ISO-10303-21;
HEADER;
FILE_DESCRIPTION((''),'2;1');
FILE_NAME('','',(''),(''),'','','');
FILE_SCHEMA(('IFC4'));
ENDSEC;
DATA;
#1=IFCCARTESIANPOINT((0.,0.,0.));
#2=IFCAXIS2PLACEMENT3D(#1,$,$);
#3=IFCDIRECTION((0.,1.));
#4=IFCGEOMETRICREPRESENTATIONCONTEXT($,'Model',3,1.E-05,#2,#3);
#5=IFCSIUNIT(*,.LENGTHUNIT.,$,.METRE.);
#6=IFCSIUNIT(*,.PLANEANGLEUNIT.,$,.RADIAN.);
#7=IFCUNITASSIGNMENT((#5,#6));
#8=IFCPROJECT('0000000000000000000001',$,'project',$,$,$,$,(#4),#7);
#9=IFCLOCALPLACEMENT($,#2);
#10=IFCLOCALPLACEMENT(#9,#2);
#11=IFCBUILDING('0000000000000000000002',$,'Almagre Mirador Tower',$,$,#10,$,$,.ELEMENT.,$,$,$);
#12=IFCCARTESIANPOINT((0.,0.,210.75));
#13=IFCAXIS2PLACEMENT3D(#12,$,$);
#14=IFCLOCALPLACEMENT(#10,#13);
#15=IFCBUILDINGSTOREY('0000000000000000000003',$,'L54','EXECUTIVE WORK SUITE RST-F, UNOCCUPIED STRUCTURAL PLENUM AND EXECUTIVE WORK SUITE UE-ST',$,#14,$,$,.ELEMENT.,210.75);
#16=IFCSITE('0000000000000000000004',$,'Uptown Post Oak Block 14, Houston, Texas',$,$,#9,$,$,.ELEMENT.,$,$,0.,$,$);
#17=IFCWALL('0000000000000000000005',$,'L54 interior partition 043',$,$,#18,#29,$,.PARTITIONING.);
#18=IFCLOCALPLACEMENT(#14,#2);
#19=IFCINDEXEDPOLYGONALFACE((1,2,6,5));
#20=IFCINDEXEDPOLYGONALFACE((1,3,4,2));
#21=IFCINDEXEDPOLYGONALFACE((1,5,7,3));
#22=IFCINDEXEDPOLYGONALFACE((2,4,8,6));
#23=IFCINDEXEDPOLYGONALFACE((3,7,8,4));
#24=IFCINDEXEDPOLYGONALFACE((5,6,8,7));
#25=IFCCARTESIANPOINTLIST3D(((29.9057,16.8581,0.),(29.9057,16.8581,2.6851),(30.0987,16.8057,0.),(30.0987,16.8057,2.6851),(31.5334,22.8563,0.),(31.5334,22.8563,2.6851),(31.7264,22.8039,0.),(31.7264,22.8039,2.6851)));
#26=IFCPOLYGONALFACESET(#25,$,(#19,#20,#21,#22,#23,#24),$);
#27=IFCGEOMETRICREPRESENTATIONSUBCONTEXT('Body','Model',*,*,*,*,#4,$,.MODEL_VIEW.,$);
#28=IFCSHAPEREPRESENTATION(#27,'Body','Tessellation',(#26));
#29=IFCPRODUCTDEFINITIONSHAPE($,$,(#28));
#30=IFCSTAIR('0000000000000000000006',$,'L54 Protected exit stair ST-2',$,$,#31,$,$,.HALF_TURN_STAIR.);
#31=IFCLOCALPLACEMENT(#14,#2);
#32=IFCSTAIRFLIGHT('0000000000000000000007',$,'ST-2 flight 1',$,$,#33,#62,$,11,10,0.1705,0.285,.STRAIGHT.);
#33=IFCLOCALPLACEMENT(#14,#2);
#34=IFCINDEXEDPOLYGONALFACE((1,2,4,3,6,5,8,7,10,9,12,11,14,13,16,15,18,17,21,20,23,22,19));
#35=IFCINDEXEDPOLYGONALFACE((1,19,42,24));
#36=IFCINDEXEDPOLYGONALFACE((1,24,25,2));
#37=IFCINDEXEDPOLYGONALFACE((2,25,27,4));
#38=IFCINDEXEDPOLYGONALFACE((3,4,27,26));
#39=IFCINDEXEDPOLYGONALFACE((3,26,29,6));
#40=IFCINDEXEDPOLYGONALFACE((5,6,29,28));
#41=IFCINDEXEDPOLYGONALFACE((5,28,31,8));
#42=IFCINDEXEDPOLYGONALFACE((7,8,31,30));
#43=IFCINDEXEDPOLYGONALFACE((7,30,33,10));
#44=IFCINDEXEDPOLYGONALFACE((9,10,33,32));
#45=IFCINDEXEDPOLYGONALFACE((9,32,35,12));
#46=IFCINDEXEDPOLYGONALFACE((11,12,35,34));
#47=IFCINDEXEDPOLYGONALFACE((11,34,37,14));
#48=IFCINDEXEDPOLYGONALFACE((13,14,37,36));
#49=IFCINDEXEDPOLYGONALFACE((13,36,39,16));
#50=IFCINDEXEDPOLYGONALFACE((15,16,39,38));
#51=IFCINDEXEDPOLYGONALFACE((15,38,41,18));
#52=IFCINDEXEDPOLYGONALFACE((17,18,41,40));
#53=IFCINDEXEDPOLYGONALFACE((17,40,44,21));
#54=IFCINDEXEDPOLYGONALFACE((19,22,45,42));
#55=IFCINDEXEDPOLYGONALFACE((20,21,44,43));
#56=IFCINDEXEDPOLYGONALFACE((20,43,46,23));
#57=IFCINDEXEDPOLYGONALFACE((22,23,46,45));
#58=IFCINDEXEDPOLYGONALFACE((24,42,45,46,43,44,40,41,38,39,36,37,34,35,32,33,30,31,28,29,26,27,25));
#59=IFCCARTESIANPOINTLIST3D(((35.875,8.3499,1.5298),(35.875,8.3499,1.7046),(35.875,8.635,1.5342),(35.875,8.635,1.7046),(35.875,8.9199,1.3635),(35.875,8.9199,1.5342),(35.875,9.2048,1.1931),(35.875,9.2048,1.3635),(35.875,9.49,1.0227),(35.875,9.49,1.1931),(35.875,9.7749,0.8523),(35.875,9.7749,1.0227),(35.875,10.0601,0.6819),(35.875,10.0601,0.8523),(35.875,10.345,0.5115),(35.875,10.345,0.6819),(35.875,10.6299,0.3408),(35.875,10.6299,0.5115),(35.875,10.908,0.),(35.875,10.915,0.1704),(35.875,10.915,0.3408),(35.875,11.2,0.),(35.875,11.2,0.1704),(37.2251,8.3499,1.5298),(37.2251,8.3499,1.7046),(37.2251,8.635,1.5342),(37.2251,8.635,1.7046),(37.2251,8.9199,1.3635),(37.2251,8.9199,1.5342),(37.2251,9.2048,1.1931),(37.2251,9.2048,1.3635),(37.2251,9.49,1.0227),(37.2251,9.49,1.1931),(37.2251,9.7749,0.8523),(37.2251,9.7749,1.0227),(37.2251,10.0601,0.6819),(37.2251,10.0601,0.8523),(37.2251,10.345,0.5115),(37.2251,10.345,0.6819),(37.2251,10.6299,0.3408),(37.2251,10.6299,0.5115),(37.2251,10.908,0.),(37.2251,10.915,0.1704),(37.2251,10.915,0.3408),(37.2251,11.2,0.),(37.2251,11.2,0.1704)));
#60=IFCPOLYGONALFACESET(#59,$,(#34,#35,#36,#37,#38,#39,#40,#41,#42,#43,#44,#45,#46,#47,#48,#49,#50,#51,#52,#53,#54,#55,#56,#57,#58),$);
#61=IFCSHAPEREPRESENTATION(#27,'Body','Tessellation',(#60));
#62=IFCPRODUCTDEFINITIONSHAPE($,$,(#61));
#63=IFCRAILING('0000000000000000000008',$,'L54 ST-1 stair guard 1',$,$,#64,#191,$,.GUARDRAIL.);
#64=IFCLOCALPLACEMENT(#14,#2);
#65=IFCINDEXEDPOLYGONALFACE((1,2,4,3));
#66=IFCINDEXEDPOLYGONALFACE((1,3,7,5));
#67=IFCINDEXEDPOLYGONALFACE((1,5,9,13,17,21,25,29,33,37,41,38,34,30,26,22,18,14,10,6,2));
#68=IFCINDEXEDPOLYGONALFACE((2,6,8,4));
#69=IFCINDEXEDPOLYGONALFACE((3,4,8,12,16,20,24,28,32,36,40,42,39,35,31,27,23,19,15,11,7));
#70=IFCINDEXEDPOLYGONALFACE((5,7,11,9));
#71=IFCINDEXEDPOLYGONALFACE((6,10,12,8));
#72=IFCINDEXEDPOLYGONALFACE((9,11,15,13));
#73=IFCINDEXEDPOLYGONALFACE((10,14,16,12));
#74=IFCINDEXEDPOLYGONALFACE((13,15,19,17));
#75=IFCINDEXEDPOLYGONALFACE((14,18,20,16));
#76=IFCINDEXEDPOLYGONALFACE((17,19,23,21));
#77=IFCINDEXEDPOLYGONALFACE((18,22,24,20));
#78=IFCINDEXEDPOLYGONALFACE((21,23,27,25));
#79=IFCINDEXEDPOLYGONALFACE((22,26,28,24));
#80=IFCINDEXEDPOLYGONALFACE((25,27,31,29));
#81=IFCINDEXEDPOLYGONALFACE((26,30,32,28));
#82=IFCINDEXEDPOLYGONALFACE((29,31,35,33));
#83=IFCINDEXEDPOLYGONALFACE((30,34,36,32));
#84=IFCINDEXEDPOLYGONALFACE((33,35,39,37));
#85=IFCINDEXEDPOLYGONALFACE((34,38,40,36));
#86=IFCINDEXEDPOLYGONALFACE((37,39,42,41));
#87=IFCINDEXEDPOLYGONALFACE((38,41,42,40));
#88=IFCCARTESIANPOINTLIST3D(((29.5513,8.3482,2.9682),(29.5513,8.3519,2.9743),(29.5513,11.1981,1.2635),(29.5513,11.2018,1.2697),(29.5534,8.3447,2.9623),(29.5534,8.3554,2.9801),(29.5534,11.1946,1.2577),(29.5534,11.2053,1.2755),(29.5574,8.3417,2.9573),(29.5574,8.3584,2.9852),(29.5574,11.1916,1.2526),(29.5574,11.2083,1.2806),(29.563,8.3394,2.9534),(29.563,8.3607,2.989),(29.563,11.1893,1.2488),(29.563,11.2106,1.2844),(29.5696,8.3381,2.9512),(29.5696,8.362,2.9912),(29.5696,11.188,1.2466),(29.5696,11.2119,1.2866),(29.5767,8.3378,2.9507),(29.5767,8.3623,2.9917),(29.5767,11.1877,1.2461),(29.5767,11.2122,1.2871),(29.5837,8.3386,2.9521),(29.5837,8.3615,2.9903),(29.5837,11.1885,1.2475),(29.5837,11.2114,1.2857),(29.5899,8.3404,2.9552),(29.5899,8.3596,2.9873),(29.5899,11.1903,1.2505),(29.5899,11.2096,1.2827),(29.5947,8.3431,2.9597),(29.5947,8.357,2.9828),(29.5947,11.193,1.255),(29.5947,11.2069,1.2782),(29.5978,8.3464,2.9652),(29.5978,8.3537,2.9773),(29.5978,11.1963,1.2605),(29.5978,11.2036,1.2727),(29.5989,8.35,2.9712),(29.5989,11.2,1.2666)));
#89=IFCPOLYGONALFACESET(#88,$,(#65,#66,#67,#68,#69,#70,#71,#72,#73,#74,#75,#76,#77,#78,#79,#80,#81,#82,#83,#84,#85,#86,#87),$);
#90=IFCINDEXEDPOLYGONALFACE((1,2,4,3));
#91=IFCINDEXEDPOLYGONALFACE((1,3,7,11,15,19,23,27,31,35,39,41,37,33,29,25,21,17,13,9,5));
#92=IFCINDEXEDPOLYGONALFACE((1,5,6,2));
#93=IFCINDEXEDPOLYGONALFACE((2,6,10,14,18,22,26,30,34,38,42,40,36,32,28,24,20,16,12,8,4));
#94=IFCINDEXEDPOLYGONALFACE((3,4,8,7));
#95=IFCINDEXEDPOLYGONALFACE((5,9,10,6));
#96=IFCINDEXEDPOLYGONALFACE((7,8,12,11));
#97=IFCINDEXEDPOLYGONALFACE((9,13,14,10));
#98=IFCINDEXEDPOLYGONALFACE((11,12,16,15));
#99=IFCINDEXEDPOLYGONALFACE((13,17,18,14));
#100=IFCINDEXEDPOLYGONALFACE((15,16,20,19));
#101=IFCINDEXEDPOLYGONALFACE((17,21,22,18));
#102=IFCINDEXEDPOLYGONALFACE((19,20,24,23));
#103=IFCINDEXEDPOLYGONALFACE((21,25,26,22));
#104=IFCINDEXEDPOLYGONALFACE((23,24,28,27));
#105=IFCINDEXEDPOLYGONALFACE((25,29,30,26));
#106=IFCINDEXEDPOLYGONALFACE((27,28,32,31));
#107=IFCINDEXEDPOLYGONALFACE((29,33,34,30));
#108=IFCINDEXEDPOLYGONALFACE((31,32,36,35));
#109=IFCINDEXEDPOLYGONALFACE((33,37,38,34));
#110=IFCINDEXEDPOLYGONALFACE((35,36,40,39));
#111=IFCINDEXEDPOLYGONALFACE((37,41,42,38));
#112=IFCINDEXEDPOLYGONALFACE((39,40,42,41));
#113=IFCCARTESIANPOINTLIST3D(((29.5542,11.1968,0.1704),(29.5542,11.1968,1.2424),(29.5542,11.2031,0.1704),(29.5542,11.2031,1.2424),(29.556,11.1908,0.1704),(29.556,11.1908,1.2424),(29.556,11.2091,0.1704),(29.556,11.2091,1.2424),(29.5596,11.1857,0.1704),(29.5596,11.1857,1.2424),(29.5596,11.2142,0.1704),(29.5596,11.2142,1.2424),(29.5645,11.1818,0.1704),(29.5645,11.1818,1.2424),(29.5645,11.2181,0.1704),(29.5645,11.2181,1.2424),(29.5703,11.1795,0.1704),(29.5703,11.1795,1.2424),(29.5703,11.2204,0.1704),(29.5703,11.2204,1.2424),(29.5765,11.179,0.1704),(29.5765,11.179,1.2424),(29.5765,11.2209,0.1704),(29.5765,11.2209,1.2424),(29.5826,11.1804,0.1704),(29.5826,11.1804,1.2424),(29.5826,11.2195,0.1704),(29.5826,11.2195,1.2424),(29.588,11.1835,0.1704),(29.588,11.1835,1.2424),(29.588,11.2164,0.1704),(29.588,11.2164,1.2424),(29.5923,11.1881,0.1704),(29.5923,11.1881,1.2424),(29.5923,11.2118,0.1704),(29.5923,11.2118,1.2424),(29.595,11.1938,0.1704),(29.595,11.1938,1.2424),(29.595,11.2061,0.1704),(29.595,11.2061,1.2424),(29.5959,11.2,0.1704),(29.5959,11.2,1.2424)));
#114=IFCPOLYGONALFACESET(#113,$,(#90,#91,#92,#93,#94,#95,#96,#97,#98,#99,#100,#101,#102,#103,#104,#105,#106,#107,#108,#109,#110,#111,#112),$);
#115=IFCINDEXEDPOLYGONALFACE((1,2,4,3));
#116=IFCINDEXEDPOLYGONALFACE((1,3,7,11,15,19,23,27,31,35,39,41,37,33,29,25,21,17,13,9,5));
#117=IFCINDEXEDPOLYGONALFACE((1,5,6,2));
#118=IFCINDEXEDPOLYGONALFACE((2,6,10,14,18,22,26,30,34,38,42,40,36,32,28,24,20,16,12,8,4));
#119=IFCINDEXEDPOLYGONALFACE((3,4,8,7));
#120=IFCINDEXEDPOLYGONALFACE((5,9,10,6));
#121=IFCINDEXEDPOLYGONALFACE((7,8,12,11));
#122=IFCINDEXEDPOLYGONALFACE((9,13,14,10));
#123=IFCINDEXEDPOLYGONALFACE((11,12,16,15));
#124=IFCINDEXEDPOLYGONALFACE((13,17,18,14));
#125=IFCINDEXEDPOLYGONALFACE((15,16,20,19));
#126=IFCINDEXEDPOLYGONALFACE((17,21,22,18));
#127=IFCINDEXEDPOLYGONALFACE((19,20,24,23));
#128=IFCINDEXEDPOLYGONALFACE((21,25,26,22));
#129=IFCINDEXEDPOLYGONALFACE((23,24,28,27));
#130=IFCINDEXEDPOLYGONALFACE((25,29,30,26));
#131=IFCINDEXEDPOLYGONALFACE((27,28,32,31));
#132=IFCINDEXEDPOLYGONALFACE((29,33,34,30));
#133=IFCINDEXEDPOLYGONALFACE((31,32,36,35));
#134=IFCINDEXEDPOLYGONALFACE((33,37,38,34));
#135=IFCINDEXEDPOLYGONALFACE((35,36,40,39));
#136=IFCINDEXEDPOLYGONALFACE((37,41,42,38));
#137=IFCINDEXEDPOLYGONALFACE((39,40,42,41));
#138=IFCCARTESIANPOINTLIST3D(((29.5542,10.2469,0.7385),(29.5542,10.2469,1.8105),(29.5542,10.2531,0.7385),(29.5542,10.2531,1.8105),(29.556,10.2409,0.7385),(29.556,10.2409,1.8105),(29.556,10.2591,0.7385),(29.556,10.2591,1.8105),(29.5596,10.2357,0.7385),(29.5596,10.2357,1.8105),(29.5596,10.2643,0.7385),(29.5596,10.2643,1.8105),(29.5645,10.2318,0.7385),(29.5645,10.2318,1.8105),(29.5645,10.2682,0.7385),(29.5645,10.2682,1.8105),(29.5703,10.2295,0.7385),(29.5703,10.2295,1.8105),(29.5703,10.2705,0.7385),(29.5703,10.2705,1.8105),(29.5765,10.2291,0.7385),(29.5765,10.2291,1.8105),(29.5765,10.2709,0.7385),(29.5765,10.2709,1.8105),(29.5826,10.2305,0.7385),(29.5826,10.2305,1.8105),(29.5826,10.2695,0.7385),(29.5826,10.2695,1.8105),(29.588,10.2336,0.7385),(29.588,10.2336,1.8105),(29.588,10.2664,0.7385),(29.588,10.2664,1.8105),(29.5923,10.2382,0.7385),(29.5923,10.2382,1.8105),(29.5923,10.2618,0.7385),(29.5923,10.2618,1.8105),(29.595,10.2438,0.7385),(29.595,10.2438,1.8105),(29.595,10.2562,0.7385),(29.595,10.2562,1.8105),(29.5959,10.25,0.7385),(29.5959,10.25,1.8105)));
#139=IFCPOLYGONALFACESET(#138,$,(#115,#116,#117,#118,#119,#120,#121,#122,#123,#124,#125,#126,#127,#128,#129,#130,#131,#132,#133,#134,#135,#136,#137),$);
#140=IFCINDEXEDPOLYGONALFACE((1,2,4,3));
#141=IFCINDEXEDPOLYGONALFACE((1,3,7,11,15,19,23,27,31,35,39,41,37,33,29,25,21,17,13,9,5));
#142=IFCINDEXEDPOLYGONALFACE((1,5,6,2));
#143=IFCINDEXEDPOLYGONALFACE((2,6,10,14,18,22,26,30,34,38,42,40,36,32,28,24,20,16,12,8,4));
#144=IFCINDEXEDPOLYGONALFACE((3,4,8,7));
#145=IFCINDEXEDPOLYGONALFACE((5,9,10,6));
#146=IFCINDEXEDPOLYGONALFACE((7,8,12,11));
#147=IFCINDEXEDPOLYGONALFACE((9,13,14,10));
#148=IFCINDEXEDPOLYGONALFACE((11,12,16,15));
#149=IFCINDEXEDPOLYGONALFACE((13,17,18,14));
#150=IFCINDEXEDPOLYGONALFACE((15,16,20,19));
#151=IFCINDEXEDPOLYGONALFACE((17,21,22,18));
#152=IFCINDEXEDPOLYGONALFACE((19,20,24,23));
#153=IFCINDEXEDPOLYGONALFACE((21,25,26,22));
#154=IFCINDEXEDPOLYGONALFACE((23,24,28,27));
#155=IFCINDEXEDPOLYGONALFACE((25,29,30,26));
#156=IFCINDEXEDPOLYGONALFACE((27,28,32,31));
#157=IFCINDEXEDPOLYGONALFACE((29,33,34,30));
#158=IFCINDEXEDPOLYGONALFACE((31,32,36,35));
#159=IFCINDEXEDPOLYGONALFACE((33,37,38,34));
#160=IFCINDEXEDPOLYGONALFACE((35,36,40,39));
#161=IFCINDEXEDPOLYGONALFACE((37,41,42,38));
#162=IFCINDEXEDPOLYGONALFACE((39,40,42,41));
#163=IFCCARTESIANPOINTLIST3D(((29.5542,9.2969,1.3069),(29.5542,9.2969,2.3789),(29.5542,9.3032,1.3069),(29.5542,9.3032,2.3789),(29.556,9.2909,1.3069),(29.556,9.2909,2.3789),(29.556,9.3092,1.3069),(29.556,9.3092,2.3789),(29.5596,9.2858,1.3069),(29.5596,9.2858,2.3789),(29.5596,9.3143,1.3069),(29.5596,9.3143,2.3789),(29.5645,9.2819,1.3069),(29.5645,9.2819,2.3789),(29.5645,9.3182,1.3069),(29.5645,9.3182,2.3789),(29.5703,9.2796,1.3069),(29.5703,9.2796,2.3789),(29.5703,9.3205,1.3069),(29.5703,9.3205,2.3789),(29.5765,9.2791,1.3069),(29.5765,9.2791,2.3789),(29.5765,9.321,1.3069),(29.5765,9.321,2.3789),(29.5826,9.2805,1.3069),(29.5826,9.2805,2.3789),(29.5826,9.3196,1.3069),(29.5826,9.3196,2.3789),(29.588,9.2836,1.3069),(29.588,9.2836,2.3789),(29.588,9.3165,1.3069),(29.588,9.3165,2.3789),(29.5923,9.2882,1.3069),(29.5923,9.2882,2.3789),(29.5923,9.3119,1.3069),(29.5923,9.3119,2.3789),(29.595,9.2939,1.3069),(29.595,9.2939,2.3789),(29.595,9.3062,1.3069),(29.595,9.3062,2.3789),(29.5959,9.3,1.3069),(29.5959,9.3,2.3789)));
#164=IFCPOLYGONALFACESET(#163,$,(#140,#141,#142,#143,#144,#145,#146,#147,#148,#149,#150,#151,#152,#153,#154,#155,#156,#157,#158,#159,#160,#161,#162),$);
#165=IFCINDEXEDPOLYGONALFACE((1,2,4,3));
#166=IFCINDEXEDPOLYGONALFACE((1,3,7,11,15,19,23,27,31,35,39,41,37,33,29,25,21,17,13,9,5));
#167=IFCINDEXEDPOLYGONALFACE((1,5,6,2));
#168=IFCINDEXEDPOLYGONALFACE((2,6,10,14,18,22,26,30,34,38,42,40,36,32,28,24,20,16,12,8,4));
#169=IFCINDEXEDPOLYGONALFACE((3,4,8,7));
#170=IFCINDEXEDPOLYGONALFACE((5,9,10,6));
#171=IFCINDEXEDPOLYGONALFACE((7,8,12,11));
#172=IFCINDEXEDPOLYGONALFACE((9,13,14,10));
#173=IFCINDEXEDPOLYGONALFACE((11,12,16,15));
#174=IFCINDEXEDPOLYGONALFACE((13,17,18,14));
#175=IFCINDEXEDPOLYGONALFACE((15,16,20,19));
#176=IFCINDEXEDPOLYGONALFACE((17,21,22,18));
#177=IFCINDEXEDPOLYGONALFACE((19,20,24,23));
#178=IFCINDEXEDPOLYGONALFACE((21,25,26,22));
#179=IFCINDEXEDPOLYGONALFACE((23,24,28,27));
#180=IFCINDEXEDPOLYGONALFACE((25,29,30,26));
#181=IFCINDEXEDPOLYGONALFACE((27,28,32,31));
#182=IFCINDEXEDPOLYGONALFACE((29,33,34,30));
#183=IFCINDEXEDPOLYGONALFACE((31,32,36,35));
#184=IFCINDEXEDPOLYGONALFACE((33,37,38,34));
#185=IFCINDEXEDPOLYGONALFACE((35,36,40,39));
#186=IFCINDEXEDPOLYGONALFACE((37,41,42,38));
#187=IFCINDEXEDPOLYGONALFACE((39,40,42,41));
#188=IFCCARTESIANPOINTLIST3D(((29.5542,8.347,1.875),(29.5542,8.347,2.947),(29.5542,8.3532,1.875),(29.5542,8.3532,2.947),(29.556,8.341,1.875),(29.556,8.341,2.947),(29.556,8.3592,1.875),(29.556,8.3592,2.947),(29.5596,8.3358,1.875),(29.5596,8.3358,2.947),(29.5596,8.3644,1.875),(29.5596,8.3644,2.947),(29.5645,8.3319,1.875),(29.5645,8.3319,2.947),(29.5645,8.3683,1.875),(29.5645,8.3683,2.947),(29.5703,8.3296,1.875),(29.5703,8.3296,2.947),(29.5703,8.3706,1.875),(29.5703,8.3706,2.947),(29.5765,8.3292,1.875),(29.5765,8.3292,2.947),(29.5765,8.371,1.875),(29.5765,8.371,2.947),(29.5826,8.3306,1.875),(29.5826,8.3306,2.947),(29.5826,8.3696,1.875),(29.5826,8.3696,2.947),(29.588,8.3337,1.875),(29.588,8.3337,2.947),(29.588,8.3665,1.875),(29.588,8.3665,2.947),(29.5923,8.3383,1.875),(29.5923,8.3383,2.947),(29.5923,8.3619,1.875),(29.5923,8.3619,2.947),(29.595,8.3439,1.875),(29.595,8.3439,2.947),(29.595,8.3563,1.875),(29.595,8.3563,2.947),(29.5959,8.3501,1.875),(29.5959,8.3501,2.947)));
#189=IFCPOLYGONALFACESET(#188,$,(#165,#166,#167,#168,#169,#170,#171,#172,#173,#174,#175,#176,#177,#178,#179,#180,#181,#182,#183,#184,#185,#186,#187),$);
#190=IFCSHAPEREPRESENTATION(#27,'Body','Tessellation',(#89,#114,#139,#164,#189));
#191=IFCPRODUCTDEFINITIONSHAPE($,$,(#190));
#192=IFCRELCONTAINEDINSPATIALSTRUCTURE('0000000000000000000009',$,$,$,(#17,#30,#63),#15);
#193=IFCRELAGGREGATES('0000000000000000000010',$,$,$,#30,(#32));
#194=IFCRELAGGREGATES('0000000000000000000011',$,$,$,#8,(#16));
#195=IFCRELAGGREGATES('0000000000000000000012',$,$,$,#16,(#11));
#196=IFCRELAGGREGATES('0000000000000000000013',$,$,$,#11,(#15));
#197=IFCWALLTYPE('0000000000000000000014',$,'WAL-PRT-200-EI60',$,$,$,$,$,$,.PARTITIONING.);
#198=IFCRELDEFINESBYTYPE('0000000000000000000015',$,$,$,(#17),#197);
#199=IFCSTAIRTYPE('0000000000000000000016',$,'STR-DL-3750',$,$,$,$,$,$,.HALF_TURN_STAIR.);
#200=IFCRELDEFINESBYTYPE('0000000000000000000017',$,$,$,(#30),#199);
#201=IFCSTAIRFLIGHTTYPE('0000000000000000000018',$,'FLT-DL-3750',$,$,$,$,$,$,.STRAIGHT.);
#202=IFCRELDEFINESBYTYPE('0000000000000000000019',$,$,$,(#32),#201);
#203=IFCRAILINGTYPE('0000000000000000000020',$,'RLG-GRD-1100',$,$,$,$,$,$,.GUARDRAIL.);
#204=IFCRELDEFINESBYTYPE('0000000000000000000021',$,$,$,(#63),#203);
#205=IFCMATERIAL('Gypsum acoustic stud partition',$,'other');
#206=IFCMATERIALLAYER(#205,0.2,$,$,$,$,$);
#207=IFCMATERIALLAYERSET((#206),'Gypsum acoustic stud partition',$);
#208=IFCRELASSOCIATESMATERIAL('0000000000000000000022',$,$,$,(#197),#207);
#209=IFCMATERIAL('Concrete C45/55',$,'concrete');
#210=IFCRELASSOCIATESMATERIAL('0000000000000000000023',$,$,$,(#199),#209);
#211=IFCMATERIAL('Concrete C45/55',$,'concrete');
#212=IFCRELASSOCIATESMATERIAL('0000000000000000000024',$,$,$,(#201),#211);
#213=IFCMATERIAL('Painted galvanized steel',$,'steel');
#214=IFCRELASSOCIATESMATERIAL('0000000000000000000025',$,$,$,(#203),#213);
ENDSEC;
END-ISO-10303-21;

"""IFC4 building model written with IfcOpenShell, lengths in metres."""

from ifc_helpers import new_model, si_unit, direction, frame, frame_2d, origin, origin_2d, place, context, subcontext, project, spatial, polyline, rectangle, circle, outline, extrude, material, layer, layer_set, type_object, element, aggregate, save


model = new_model("IFC4")

# Units and contexts
model_context = context("Model", 3, precision=1e-05, world=origin(), true_north=direction((0.0, 1.0)))
body_context = subcontext(model_context, "Body", "Model", "MODEL_VIEW")
ifc_project = project(units=[si_unit("LENGTHUNIT", "METRE"), si_unit("PLANEANGLEUNIT", "RADIAN")], contexts=[model_context])

# Site, building, storey
site_placement = place(None, origin())
site = spatial("IfcSite", under=ifc_project, at=site_placement, Name="Uptown Post Oak Block 14, Houston, Texas", CompositionType="ELEMENT", RefElevation=0.0)
building_placement = place(site_placement, origin())
building = spatial("IfcBuilding", under=site, at=building_placement, Name="Almagre Mirador Tower", CompositionType="ELEMENT")
storey_placement = place(building_placement, frame((0.0, 0.0, 210.75)))
storey = spatial("IfcBuildingStorey", under=building, at=storey_placement, Name="L54", Description="EXECUTIVE WORK SUITE RST-F, UNOCCUPIED STRUCTURAL PLENUM AND EXECUTIVE WORK SUITE UE-ST", CompositionType="ELEMENT", Elevation=210.75)

# Shared definitions
ifc_material_1 = material(Name="Gypsum acoustic stud partition", Category="other")
ifc_layer_1 = layer(ifc_material_1, 0.2)
ifc_layer_set_1 = layer_set([ifc_layer_1], Name="Gypsum acoustic stud partition")
wall_type_1 = type_object("IfcWallType", Name="WAL-PRT-200-EI60", PredefinedType="PARTITIONING", material=ifc_layer_set_1)

# Wall
wall_1_placement = place(storey_placement, frame((30.0022, 16.832, 0.0), z_axis=(0.0, 0.0, 1.0), x_axis=(0.261897, 0.965096, 0.0)))
element("IfcWall", 1, at=wall_1_placement, inside=storey, type_object=wall_type_1, Name="L54 interior partition 043", PredefinedType="PARTITIONING", context=body_context, shape_type="SweptSolid", body=[
    extrude(rectangle(XDim=6.2151, YDim=0.2, at=frame_2d((3.1074, 0.0))), origin(), (0.0, 0.0, 1.0), 2.6851),
])

# Stair, stair flight
ifc_material_2 = material(Name="Concrete C45/55", Category="concrete")
stair_type = type_object("IfcStairType", Name="STR-DL-3750", PredefinedType="HALF_TURN_STAIR", material=ifc_material_2)
stair_placement = place(storey_placement, origin())
stair = element("IfcStair", 2, at=stair_placement, inside=storey, type_object=stair_type, Name="L54 Protected exit stair ST-2", PredefinedType="HALF_TURN_STAIR")
ifc_material_3 = material(Name="Concrete C45/55", Category="concrete")
stair_flight_type = type_object("IfcStairFlightType", Name="FLT-DL-3750", PredefinedType="STRAIGHT", material=ifc_material_3)
stair_flight_placement = place(storey_placement, frame((36.55, 11.2, 0.0), z_axis=(0.0, 0.0, 1.0), x_axis=(0.0, -1.0, 0.0)))
stair_flight = element("IfcStairFlight", 3, at=stair_flight_placement, type_object=stair_flight_type, Name="ST-2 flight 1", NumberOfRisers=11, NumberOfTreads=10, PredefinedType="STRAIGHT", RiserHeight=0.1705, TreadLength=0.285, context=body_context, shape_type="SweptSolid", body=[
    extrude(outline(polyline([(0.0, 0.0), (0.0, 0.1704), (0.2849, 0.1704), (0.2849, 0.3408), (0.5701, 0.3408), (0.5701, 0.5115), (0.855, 0.5115), (0.855, 0.6819), (1.1399, 0.6819), (1.1399, 0.8523), (1.425, 0.8523), (1.425, 1.0227), (1.71, 1.0227), (1.71, 1.1931), (1.9951, 1.1931), (1.9951, 1.3635), (2.28, 1.3635), (2.28, 1.5342), (2.5649, 1.5342), (2.5649, 1.7046), (2.8501, 1.7046), (2.8501, 1.875), (2.8501, 1.5298), (0.292, 0.0), (0.0, 0.0)])), frame((0.0, 0.675, 0.0), z_axis=(0.0, -1.0, 0.0), x_axis=(1.0, 0.0, 0.0)), (0.0, 0.0, 1.0), 1.3501),
])
aggregate(stair, [stair_flight])

# Railing
ifc_material_4 = material(Name="Painted galvanized steel", Category="steel")
railing_type_1 = type_object("IfcRailingType", Name="RLG-GRD-1100", PredefinedType="GUARDRAIL", material=ifc_material_4)
railing_1_placement = place(storey_placement, frame((29.575, 11.2, 0.1704)))
element("IfcRailing", 4, at=railing_1_placement, inside=storey, type_object=railing_type_1, Name="L54 ST-1 stair guard 1", PredefinedType="GUARDRAIL", context=body_context, shape_type="SweptSolid", body=[
    extrude(circle(Radius=0.0239, at=origin_2d()), frame((0.0, 0.0, 1.0962), z_axis=(0.0, -0.858199, 0.513317), x_axis=(1.0, 0.0, 0.0)), (0.0, 0.0, 1.0), 3.3208),
    extrude(circle(Radius=0.021, at=origin_2d()), origin(), (0.0, 0.0, 1.0), 1.072),
    extrude(circle(Radius=0.021, at=origin_2d()), frame((0.0, -0.95, 0.5681)), (0.0, 0.0, 1.0), 1.072),
    extrude(circle(Radius=0.021, at=origin_2d()), frame((0.0, -1.8999, 1.1365)), (0.0, 0.0, 1.0), 1.072),
    extrude(circle(Radius=0.021, at=origin_2d()), frame((0.0, -2.8499, 1.7046)), (0.0, 0.0, 1.0), 1.072),
])

save(model, "model.ifc")
